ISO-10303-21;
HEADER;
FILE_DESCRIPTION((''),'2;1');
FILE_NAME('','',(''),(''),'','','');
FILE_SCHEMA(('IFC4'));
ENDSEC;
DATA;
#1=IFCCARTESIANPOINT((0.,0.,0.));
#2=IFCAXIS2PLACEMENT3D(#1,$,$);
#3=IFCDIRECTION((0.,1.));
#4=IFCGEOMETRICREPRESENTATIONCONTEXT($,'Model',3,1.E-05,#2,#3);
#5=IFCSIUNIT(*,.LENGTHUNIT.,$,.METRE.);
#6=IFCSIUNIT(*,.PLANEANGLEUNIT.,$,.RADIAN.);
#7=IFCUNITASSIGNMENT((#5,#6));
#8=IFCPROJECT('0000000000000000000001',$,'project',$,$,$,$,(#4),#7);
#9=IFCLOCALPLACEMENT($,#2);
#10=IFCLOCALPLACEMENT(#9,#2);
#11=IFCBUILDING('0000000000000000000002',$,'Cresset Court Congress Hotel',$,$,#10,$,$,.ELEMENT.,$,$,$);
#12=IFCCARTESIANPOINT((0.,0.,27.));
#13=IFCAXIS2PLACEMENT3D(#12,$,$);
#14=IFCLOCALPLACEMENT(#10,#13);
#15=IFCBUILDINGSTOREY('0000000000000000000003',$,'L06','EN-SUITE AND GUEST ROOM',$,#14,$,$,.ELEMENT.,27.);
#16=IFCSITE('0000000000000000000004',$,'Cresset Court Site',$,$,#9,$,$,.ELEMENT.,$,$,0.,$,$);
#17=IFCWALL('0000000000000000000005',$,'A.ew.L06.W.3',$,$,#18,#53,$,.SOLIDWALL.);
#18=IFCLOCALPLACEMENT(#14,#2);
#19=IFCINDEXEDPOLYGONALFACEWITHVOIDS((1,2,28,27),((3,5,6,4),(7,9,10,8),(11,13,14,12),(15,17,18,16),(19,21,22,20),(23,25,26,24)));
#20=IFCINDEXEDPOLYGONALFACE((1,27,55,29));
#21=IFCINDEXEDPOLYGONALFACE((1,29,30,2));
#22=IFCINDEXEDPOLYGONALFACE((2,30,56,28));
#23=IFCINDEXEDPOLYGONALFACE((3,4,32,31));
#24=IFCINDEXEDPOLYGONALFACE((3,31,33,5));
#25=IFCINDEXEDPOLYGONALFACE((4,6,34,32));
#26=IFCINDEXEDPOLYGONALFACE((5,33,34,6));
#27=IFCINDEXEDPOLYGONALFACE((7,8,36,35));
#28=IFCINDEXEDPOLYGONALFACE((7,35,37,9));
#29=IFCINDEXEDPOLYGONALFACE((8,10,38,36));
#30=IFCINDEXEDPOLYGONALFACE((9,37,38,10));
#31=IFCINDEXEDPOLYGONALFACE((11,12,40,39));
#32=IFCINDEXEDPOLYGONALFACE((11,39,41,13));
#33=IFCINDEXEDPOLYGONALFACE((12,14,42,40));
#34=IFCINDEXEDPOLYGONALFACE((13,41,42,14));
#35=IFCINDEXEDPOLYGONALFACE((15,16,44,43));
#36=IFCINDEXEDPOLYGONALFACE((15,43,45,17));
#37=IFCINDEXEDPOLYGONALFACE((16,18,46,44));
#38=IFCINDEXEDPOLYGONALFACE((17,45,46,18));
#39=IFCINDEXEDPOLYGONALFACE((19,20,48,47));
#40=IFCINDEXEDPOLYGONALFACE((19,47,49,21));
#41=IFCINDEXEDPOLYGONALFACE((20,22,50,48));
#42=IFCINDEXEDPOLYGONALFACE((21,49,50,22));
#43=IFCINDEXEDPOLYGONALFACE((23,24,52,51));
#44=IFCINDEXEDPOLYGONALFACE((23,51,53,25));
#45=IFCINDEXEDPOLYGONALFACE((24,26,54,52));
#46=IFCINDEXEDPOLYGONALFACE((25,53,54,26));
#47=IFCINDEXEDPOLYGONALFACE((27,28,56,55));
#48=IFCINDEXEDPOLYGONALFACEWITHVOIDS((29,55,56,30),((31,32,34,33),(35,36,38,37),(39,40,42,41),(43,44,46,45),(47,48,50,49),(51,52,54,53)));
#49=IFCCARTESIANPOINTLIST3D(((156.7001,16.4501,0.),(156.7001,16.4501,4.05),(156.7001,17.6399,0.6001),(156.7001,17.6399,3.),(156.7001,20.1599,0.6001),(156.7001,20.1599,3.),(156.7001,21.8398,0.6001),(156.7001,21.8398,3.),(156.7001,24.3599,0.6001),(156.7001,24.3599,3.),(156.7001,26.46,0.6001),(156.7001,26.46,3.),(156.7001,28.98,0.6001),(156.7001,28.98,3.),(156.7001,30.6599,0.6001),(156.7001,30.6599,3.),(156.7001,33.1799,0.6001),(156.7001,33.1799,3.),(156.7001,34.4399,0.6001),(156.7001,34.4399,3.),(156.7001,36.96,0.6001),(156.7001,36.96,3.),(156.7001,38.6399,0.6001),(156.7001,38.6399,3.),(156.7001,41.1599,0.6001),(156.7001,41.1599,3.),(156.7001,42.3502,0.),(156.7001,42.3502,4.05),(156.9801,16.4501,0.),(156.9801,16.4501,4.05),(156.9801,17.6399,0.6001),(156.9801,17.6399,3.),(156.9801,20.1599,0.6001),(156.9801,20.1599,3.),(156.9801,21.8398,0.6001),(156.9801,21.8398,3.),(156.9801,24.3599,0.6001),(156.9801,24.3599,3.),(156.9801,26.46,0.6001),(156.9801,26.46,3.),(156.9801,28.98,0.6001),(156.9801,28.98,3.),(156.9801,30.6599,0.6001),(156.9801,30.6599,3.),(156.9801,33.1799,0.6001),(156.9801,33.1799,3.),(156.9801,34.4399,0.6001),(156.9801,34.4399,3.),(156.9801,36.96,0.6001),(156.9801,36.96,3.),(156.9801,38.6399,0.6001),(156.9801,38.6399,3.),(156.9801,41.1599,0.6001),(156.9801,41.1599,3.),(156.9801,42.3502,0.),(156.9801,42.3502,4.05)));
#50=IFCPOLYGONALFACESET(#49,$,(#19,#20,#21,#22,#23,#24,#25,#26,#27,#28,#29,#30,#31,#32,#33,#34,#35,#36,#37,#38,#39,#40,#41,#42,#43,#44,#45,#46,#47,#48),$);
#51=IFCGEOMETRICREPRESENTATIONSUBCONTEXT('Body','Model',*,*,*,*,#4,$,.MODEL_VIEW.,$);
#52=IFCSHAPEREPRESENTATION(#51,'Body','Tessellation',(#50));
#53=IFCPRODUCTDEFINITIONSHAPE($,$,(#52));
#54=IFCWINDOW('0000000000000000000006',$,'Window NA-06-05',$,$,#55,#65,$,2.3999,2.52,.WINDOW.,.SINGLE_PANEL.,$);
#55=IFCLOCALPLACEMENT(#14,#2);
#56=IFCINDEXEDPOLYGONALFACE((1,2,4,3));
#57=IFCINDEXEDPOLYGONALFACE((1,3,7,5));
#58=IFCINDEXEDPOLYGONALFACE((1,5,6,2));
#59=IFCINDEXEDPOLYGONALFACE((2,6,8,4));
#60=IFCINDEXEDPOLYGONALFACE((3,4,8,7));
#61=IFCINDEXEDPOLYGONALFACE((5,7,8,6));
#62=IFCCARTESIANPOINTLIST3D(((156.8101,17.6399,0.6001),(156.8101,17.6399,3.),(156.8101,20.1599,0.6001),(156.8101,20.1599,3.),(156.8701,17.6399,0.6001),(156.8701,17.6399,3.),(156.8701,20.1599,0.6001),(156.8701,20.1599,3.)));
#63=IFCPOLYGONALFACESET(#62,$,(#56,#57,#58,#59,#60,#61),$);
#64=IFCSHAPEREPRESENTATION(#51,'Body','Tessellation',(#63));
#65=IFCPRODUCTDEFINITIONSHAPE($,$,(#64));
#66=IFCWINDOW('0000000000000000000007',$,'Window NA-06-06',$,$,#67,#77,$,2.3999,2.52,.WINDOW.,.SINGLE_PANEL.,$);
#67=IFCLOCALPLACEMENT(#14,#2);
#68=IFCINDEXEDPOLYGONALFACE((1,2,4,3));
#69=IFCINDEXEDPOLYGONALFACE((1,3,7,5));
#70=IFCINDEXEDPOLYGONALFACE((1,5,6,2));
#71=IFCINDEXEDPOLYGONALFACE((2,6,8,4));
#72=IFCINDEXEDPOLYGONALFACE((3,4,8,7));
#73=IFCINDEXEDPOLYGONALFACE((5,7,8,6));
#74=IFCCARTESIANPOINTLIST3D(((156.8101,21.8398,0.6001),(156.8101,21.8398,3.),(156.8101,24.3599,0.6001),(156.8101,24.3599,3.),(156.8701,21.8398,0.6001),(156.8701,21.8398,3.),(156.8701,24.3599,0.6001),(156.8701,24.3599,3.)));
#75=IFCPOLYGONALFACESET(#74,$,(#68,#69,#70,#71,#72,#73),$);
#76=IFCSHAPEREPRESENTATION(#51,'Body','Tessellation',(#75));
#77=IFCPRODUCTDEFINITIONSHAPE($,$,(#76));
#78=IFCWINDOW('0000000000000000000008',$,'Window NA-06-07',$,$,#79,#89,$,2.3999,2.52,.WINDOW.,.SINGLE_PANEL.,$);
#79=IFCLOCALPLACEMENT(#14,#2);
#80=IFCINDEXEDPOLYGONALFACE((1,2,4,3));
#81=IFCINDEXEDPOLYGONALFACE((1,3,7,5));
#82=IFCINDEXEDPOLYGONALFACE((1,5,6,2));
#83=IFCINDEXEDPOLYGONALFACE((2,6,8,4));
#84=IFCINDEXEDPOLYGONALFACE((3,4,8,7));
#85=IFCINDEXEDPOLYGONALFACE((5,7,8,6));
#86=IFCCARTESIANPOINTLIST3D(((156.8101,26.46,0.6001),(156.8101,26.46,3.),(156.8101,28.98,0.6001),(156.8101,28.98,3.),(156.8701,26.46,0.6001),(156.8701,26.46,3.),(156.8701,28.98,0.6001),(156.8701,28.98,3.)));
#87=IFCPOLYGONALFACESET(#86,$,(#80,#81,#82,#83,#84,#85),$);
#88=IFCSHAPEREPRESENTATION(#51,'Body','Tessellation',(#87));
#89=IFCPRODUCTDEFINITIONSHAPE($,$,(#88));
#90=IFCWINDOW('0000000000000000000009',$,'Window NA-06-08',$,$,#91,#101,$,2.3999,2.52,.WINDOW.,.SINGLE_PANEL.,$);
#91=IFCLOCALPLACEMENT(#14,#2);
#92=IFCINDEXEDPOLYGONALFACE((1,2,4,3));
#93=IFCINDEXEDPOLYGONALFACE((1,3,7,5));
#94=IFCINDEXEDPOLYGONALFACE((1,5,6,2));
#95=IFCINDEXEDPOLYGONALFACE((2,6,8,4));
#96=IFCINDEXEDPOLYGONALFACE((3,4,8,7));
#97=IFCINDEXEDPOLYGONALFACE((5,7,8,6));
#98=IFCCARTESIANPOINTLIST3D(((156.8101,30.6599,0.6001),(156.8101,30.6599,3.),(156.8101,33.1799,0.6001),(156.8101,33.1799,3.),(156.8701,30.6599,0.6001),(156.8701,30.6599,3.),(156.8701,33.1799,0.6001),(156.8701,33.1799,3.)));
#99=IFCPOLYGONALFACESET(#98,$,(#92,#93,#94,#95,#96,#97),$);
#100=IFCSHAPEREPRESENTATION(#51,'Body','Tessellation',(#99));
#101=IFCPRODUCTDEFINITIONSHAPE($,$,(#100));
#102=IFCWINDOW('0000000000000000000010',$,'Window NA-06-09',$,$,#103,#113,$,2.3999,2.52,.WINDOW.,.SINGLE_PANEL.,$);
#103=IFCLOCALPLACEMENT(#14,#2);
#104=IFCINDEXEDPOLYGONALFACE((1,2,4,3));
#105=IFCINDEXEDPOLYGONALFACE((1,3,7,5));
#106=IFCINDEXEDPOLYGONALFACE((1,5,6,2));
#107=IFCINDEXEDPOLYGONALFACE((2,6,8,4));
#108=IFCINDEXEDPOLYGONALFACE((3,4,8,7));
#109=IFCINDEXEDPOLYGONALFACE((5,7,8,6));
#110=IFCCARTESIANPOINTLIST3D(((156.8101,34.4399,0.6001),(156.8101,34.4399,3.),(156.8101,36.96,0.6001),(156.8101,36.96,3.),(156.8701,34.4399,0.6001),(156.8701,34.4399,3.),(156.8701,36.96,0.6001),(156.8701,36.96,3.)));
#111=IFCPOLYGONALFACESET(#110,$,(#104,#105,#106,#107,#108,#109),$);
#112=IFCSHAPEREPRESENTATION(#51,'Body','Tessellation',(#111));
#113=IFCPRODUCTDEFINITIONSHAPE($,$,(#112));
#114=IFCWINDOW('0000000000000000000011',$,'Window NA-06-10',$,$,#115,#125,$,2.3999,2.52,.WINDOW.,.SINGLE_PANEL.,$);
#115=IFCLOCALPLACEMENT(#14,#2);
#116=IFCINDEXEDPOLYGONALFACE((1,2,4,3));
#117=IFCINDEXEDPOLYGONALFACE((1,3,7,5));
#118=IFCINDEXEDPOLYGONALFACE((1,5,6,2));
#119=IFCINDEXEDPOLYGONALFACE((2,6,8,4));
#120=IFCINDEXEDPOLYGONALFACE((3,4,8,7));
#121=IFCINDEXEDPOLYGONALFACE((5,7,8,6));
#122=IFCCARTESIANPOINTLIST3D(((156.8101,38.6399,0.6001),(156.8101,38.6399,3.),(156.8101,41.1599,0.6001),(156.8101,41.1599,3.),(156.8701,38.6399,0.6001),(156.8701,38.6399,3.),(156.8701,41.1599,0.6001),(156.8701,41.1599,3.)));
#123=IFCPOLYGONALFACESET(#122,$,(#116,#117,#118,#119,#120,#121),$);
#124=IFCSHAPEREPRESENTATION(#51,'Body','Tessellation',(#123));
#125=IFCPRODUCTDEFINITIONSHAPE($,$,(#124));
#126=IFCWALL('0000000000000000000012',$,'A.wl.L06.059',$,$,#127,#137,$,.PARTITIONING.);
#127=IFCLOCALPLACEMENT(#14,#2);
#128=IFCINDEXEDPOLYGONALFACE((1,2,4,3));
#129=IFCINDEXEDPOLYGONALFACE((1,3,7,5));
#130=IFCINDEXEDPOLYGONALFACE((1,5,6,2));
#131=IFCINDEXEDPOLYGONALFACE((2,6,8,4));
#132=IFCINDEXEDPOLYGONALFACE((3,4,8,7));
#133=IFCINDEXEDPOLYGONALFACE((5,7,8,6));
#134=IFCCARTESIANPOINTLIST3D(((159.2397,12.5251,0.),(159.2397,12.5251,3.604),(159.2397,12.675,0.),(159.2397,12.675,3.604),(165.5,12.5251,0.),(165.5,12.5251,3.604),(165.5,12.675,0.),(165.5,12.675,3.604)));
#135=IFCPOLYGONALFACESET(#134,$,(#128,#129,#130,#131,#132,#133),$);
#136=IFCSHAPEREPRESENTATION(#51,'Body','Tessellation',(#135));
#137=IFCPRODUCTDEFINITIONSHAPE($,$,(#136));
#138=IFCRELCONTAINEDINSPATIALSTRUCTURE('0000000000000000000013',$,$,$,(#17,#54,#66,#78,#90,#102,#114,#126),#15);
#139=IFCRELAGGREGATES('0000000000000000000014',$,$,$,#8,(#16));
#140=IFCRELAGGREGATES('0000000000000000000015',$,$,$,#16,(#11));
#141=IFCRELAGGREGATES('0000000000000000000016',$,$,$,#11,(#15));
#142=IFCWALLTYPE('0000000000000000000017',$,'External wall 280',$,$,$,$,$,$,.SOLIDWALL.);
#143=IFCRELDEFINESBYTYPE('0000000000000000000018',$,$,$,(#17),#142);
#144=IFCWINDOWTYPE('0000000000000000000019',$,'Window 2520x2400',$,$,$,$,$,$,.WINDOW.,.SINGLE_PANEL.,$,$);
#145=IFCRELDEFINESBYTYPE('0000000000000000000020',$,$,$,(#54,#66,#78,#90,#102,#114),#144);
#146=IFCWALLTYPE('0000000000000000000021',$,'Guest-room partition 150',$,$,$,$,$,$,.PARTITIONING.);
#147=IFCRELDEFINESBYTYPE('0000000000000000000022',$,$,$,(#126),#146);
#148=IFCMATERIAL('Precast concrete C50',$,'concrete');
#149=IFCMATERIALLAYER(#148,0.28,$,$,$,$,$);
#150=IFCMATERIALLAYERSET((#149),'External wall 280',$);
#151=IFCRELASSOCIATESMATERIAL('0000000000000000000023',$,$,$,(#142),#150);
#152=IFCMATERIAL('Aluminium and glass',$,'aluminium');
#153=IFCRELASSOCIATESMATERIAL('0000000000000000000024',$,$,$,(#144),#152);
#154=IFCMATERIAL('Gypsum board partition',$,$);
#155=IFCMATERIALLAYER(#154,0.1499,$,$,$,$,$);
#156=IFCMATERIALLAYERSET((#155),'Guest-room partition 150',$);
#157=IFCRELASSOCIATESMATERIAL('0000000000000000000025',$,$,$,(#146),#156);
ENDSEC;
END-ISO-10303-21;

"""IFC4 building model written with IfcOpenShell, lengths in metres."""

from ifc_helpers import new_model, si_unit, direction, frame, frame_2d, origin, place, context, subcontext, project, spatial, rectangle, extrude, material, layer, layer_set, type_object, element, fill, save


model = new_model("IFC4")

# Units and contexts
model_context = context("Model", 3, precision=1e-05, world=origin(), true_north=direction((0.0, 1.0)))
body_context = subcontext(model_context, "Body", "Model", "MODEL_VIEW")
ifc_project = project(units=[si_unit("LENGTHUNIT", "METRE"), si_unit("PLANEANGLEUNIT", "RADIAN")], contexts=[model_context])

# Site, building, storey
site_placement = place(None, origin())
site = spatial("IfcSite", under=ifc_project, at=site_placement, Name="Cresset Court Site", CompositionType="ELEMENT", RefElevation=0.0)
building_placement = place(site_placement, origin())
building = spatial("IfcBuilding", under=site, at=building_placement, Name="Cresset Court Congress Hotel", CompositionType="ELEMENT")
storey_placement = place(building_placement, frame((0.0, 0.0, 27.0)))
storey = spatial("IfcBuildingStorey", under=building, at=storey_placement, Name="L06", Description="EN-SUITE AND GUEST ROOM", CompositionType="ELEMENT", Elevation=27.0)

# Shared definitions
ifc_material_1 = material(Name="Precast concrete C50", Category="concrete")
ifc_layer_1 = layer(ifc_material_1, 0.28)
ifc_layer_set_1 = layer_set([ifc_layer_1], Name="External wall 280")
wall_type_1 = type_object("IfcWallType", Name="External wall 280", PredefinedType="SOLIDWALL", material=ifc_layer_set_1)
ifc_material_2 = material(Name="Aluminium and glass", Category="aluminium")
window_type = type_object("IfcWindowType", Name="Window 2520x2400", PartitioningType="SINGLE_PANEL", PredefinedType="WINDOW", material=ifc_material_2)

# Wall, openings, windows
wall_1_placement = place(storey_placement, frame((156.8401, 16.45, 0.0), z_axis=(0.0, 0.0, 1.0), x_axis=(0.0, 1.0, 0.0)))
wall_1 = element("IfcWall", 1, at=wall_1_placement, inside=storey, type_object=wall_type_1, Name="A.ew.L06.W.3", PredefinedType="SOLIDWALL", context=body_context, shape_type="SweptSolid", body=[
    extrude(rectangle(XDim=25.9001, YDim=0.28, at=frame_2d((12.9502, 0.0))), origin(), (0.0, 0.0, 1.0), 4.05),
])
opening_1_placement = place(wall_1_placement, frame((1.1899, 0.0, 0.6001)))
opening_1 = element("IfcOpeningElement", 2, at=opening_1_placement, cuts=wall_1, PredefinedType="OPENING", context=body_context, shape_type="SweptSolid", body=[
    extrude(rectangle(XDim=2.52, YDim=2.3999, at=frame_2d((1.26, 1.2))), frame((0.0, 0.1499, 0.0), z_axis=(0.0, -1.0, 0.0), x_axis=(1.0, 0.0, 0.0)), (0.0, 0.0, 1.0), 0.3),
])
opening_2_placement = place(wall_1_placement, frame((5.3899, 0.0, 0.6001)))
opening_2 = element("IfcOpeningElement", 3, at=opening_2_placement, cuts=wall_1, PredefinedType="OPENING", context=body_context, shape_type="SweptSolid", body=[
    extrude(rectangle(XDim=2.52, YDim=2.3999, at=frame_2d((1.26, 1.2))), frame((0.0, 0.1499, 0.0), z_axis=(0.0, -1.0, 0.0), x_axis=(1.0, 0.0, 0.0)), (0.0, 0.0, 1.0), 0.3),
])
opening_3_placement = place(wall_1_placement, frame((10.01, 0.0, 0.6001)))
opening_3 = element("IfcOpeningElement", 4, at=opening_3_placement, cuts=wall_1, PredefinedType="OPENING", context=body_context, shape_type="SweptSolid", body=[
    extrude(rectangle(XDim=2.52, YDim=2.3999, at=frame_2d((1.26, 1.2))), frame((0.0, 0.1499, 0.0), z_axis=(0.0, -1.0, 0.0), x_axis=(1.0, 0.0, 0.0)), (0.0, 0.0, 1.0), 0.3),
])
opening_4_placement = place(wall_1_placement, frame((14.21, 0.0, 0.6001)))
opening_4 = element("IfcOpeningElement", 5, at=opening_4_placement, cuts=wall_1, PredefinedType="OPENING", context=body_context, shape_type="SweptSolid", body=[
    extrude(rectangle(XDim=2.52, YDim=2.3999, at=frame_2d((1.26, 1.2))), frame((0.0, 0.1499, 0.0), z_axis=(0.0, -1.0, 0.0), x_axis=(1.0, 0.0, 0.0)), (0.0, 0.0, 1.0), 0.3),
])
opening_5_placement = place(wall_1_placement, frame((17.99, 0.0, 0.6001)))
opening_5 = element("IfcOpeningElement", 6, at=opening_5_placement, cuts=wall_1, PredefinedType="OPENING", context=body_context, shape_type="SweptSolid", body=[
    extrude(rectangle(XDim=2.52, YDim=2.3999, at=frame_2d((1.26, 1.2))), frame((0.0, 0.1499, 0.0), z_axis=(0.0, -1.0, 0.0), x_axis=(1.0, 0.0, 0.0)), (0.0, 0.0, 1.0), 0.3),
])
opening_6_placement = place(wall_1_placement, frame((22.1899, 0.0, 0.6001)))
opening_6 = element("IfcOpeningElement", 7, at=opening_6_placement, cuts=wall_1, PredefinedType="OPENING", context=body_context, shape_type="SweptSolid", body=[
    extrude(rectangle(XDim=2.52, YDim=2.3999, at=frame_2d((1.26, 1.2))), frame((0.0, 0.1499, 0.0), z_axis=(0.0, -1.0, 0.0), x_axis=(1.0, 0.0, 0.0)), (0.0, 0.0, 1.0), 0.3),
])
window_1_placement = place(opening_1_placement, origin())
window_1 = element("IfcWindow", 8, at=window_1_placement, inside=storey, type_object=window_type, Name="Window NA-06-05", OverallHeight=2.3999, OverallWidth=2.52, PartitioningType="SINGLE_PANEL", PredefinedType="WINDOW", context=body_context, shape_type="SweptSolid", body=[
    extrude(rectangle(XDim=2.52, YDim=2.3999, at=frame_2d((1.26, 1.2))), frame((0.0, 0.03, 0.0), z_axis=(0.0, -1.0, 0.0), x_axis=(1.0, 0.0, 0.0)), (0.0, 0.0, 1.0), 0.0601),
])
fill(opening_1, window_1)
window_2_placement = place(opening_2_placement, origin())
window_2 = element("IfcWindow", 9, at=window_2_placement, inside=storey, type_object=window_type, Name="Window NA-06-06", OverallHeight=2.3999, OverallWidth=2.52, PartitioningType="SINGLE_PANEL", PredefinedType="WINDOW", context=body_context, shape_type="SweptSolid", body=[
    extrude(rectangle(XDim=2.52, YDim=2.3999, at=frame_2d((1.26, 1.2))), frame((0.0, 0.03, 0.0), z_axis=(0.0, -1.0, 0.0), x_axis=(1.0, 0.0, 0.0)), (0.0, 0.0, 1.0), 0.0601),
])
fill(opening_2, window_2)
window_3_placement = place(opening_3_placement, origin())
window_3 = element("IfcWindow", 10, at=window_3_placement, inside=storey, type_object=window_type, Name="Window NA-06-07", OverallHeight=2.3999, OverallWidth=2.52, PartitioningType="SINGLE_PANEL", PredefinedType="WINDOW", context=body_context, shape_type="SweptSolid", body=[
    extrude(rectangle(XDim=2.52, YDim=2.3999, at=frame_2d((1.26, 1.2))), frame((0.0, 0.03, 0.0), z_axis=(0.0, -1.0, 0.0), x_axis=(1.0, 0.0, 0.0)), (0.0, 0.0, 1.0), 0.0601),
])
fill(opening_3, window_3)
window_4_placement = place(opening_4_placement, origin())
window_4 = element("IfcWindow", 11, at=window_4_placement, inside=storey, type_object=window_type, Name="Window NA-06-08", OverallHeight=2.3999, OverallWidth=2.52, PartitioningType="SINGLE_PANEL", PredefinedType="WINDOW", context=body_context, shape_type="SweptSolid", body=[
    extrude(rectangle(XDim=2.52, YDim=2.3999, at=frame_2d((1.26, 1.2))), frame((0.0, 0.03, 0.0), z_axis=(0.0, -1.0, 0.0), x_axis=(1.0, 0.0, 0.0)), (0.0, 0.0, 1.0), 0.0601),
])
fill(opening_4, window_4)
window_5_placement = place(opening_5_placement, origin())
window_5 = element("IfcWindow", 12, at=window_5_placement, inside=storey, type_object=window_type, Name="Window NA-06-09", OverallHeight=2.3999, OverallWidth=2.52, PartitioningType="SINGLE_PANEL", PredefinedType="WINDOW", context=body_context, shape_type="SweptSolid", body=[
    extrude(rectangle(XDim=2.52, YDim=2.3999, at=frame_2d((1.26, 1.2))), frame((0.0, 0.03, 0.0), z_axis=(0.0, -1.0, 0.0), x_axis=(1.0, 0.0, 0.0)), (0.0, 0.0, 1.0), 0.0601),
])
fill(opening_5, window_5)
window_6_placement = place(opening_6_placement, origin())
window_6 = element("IfcWindow", 13, at=window_6_placement, inside=storey, type_object=window_type, Name="Window NA-06-10", OverallHeight=2.3999, OverallWidth=2.52, PartitioningType="SINGLE_PANEL", PredefinedType="WINDOW", context=body_context, shape_type="SweptSolid", body=[
    extrude(rectangle(XDim=2.52, YDim=2.3999, at=frame_2d((1.26, 1.2))), frame((0.0, 0.03, 0.0), z_axis=(0.0, -1.0, 0.0), x_axis=(1.0, 0.0, 0.0)), (0.0, 0.0, 1.0), 0.0601),
])
fill(opening_6, window_6)

# Wall
ifc_material_3 = material(Name="Gypsum board partition")
ifc_layer_2 = layer(ifc_material_3, 0.1499)
ifc_layer_set_2 = layer_set([ifc_layer_2], Name="Guest-room partition 150")
wall_type_2 = type_object("IfcWallType", Name="Guest-room partition 150", PredefinedType="PARTITIONING", material=ifc_layer_set_2)
wall_2_placement = place(storey_placement, frame((159.2397, 12.6001, 0.0), z_axis=(0.0, 0.0, 1.0), x_axis=(1.0, 0.0, 0.0)))
element("IfcWall", 14, at=wall_2_placement, inside=storey, type_object=wall_type_2, Name="A.wl.L06.059", PredefinedType="PARTITIONING", context=body_context, shape_type="SweptSolid", body=[
    extrude(rectangle(XDim=6.2603, YDim=0.1499, at=frame_2d((3.1301, 0.0))), origin(), (0.0, 0.0, 1.0), 3.604),
])

save(model, "model.ifc")
